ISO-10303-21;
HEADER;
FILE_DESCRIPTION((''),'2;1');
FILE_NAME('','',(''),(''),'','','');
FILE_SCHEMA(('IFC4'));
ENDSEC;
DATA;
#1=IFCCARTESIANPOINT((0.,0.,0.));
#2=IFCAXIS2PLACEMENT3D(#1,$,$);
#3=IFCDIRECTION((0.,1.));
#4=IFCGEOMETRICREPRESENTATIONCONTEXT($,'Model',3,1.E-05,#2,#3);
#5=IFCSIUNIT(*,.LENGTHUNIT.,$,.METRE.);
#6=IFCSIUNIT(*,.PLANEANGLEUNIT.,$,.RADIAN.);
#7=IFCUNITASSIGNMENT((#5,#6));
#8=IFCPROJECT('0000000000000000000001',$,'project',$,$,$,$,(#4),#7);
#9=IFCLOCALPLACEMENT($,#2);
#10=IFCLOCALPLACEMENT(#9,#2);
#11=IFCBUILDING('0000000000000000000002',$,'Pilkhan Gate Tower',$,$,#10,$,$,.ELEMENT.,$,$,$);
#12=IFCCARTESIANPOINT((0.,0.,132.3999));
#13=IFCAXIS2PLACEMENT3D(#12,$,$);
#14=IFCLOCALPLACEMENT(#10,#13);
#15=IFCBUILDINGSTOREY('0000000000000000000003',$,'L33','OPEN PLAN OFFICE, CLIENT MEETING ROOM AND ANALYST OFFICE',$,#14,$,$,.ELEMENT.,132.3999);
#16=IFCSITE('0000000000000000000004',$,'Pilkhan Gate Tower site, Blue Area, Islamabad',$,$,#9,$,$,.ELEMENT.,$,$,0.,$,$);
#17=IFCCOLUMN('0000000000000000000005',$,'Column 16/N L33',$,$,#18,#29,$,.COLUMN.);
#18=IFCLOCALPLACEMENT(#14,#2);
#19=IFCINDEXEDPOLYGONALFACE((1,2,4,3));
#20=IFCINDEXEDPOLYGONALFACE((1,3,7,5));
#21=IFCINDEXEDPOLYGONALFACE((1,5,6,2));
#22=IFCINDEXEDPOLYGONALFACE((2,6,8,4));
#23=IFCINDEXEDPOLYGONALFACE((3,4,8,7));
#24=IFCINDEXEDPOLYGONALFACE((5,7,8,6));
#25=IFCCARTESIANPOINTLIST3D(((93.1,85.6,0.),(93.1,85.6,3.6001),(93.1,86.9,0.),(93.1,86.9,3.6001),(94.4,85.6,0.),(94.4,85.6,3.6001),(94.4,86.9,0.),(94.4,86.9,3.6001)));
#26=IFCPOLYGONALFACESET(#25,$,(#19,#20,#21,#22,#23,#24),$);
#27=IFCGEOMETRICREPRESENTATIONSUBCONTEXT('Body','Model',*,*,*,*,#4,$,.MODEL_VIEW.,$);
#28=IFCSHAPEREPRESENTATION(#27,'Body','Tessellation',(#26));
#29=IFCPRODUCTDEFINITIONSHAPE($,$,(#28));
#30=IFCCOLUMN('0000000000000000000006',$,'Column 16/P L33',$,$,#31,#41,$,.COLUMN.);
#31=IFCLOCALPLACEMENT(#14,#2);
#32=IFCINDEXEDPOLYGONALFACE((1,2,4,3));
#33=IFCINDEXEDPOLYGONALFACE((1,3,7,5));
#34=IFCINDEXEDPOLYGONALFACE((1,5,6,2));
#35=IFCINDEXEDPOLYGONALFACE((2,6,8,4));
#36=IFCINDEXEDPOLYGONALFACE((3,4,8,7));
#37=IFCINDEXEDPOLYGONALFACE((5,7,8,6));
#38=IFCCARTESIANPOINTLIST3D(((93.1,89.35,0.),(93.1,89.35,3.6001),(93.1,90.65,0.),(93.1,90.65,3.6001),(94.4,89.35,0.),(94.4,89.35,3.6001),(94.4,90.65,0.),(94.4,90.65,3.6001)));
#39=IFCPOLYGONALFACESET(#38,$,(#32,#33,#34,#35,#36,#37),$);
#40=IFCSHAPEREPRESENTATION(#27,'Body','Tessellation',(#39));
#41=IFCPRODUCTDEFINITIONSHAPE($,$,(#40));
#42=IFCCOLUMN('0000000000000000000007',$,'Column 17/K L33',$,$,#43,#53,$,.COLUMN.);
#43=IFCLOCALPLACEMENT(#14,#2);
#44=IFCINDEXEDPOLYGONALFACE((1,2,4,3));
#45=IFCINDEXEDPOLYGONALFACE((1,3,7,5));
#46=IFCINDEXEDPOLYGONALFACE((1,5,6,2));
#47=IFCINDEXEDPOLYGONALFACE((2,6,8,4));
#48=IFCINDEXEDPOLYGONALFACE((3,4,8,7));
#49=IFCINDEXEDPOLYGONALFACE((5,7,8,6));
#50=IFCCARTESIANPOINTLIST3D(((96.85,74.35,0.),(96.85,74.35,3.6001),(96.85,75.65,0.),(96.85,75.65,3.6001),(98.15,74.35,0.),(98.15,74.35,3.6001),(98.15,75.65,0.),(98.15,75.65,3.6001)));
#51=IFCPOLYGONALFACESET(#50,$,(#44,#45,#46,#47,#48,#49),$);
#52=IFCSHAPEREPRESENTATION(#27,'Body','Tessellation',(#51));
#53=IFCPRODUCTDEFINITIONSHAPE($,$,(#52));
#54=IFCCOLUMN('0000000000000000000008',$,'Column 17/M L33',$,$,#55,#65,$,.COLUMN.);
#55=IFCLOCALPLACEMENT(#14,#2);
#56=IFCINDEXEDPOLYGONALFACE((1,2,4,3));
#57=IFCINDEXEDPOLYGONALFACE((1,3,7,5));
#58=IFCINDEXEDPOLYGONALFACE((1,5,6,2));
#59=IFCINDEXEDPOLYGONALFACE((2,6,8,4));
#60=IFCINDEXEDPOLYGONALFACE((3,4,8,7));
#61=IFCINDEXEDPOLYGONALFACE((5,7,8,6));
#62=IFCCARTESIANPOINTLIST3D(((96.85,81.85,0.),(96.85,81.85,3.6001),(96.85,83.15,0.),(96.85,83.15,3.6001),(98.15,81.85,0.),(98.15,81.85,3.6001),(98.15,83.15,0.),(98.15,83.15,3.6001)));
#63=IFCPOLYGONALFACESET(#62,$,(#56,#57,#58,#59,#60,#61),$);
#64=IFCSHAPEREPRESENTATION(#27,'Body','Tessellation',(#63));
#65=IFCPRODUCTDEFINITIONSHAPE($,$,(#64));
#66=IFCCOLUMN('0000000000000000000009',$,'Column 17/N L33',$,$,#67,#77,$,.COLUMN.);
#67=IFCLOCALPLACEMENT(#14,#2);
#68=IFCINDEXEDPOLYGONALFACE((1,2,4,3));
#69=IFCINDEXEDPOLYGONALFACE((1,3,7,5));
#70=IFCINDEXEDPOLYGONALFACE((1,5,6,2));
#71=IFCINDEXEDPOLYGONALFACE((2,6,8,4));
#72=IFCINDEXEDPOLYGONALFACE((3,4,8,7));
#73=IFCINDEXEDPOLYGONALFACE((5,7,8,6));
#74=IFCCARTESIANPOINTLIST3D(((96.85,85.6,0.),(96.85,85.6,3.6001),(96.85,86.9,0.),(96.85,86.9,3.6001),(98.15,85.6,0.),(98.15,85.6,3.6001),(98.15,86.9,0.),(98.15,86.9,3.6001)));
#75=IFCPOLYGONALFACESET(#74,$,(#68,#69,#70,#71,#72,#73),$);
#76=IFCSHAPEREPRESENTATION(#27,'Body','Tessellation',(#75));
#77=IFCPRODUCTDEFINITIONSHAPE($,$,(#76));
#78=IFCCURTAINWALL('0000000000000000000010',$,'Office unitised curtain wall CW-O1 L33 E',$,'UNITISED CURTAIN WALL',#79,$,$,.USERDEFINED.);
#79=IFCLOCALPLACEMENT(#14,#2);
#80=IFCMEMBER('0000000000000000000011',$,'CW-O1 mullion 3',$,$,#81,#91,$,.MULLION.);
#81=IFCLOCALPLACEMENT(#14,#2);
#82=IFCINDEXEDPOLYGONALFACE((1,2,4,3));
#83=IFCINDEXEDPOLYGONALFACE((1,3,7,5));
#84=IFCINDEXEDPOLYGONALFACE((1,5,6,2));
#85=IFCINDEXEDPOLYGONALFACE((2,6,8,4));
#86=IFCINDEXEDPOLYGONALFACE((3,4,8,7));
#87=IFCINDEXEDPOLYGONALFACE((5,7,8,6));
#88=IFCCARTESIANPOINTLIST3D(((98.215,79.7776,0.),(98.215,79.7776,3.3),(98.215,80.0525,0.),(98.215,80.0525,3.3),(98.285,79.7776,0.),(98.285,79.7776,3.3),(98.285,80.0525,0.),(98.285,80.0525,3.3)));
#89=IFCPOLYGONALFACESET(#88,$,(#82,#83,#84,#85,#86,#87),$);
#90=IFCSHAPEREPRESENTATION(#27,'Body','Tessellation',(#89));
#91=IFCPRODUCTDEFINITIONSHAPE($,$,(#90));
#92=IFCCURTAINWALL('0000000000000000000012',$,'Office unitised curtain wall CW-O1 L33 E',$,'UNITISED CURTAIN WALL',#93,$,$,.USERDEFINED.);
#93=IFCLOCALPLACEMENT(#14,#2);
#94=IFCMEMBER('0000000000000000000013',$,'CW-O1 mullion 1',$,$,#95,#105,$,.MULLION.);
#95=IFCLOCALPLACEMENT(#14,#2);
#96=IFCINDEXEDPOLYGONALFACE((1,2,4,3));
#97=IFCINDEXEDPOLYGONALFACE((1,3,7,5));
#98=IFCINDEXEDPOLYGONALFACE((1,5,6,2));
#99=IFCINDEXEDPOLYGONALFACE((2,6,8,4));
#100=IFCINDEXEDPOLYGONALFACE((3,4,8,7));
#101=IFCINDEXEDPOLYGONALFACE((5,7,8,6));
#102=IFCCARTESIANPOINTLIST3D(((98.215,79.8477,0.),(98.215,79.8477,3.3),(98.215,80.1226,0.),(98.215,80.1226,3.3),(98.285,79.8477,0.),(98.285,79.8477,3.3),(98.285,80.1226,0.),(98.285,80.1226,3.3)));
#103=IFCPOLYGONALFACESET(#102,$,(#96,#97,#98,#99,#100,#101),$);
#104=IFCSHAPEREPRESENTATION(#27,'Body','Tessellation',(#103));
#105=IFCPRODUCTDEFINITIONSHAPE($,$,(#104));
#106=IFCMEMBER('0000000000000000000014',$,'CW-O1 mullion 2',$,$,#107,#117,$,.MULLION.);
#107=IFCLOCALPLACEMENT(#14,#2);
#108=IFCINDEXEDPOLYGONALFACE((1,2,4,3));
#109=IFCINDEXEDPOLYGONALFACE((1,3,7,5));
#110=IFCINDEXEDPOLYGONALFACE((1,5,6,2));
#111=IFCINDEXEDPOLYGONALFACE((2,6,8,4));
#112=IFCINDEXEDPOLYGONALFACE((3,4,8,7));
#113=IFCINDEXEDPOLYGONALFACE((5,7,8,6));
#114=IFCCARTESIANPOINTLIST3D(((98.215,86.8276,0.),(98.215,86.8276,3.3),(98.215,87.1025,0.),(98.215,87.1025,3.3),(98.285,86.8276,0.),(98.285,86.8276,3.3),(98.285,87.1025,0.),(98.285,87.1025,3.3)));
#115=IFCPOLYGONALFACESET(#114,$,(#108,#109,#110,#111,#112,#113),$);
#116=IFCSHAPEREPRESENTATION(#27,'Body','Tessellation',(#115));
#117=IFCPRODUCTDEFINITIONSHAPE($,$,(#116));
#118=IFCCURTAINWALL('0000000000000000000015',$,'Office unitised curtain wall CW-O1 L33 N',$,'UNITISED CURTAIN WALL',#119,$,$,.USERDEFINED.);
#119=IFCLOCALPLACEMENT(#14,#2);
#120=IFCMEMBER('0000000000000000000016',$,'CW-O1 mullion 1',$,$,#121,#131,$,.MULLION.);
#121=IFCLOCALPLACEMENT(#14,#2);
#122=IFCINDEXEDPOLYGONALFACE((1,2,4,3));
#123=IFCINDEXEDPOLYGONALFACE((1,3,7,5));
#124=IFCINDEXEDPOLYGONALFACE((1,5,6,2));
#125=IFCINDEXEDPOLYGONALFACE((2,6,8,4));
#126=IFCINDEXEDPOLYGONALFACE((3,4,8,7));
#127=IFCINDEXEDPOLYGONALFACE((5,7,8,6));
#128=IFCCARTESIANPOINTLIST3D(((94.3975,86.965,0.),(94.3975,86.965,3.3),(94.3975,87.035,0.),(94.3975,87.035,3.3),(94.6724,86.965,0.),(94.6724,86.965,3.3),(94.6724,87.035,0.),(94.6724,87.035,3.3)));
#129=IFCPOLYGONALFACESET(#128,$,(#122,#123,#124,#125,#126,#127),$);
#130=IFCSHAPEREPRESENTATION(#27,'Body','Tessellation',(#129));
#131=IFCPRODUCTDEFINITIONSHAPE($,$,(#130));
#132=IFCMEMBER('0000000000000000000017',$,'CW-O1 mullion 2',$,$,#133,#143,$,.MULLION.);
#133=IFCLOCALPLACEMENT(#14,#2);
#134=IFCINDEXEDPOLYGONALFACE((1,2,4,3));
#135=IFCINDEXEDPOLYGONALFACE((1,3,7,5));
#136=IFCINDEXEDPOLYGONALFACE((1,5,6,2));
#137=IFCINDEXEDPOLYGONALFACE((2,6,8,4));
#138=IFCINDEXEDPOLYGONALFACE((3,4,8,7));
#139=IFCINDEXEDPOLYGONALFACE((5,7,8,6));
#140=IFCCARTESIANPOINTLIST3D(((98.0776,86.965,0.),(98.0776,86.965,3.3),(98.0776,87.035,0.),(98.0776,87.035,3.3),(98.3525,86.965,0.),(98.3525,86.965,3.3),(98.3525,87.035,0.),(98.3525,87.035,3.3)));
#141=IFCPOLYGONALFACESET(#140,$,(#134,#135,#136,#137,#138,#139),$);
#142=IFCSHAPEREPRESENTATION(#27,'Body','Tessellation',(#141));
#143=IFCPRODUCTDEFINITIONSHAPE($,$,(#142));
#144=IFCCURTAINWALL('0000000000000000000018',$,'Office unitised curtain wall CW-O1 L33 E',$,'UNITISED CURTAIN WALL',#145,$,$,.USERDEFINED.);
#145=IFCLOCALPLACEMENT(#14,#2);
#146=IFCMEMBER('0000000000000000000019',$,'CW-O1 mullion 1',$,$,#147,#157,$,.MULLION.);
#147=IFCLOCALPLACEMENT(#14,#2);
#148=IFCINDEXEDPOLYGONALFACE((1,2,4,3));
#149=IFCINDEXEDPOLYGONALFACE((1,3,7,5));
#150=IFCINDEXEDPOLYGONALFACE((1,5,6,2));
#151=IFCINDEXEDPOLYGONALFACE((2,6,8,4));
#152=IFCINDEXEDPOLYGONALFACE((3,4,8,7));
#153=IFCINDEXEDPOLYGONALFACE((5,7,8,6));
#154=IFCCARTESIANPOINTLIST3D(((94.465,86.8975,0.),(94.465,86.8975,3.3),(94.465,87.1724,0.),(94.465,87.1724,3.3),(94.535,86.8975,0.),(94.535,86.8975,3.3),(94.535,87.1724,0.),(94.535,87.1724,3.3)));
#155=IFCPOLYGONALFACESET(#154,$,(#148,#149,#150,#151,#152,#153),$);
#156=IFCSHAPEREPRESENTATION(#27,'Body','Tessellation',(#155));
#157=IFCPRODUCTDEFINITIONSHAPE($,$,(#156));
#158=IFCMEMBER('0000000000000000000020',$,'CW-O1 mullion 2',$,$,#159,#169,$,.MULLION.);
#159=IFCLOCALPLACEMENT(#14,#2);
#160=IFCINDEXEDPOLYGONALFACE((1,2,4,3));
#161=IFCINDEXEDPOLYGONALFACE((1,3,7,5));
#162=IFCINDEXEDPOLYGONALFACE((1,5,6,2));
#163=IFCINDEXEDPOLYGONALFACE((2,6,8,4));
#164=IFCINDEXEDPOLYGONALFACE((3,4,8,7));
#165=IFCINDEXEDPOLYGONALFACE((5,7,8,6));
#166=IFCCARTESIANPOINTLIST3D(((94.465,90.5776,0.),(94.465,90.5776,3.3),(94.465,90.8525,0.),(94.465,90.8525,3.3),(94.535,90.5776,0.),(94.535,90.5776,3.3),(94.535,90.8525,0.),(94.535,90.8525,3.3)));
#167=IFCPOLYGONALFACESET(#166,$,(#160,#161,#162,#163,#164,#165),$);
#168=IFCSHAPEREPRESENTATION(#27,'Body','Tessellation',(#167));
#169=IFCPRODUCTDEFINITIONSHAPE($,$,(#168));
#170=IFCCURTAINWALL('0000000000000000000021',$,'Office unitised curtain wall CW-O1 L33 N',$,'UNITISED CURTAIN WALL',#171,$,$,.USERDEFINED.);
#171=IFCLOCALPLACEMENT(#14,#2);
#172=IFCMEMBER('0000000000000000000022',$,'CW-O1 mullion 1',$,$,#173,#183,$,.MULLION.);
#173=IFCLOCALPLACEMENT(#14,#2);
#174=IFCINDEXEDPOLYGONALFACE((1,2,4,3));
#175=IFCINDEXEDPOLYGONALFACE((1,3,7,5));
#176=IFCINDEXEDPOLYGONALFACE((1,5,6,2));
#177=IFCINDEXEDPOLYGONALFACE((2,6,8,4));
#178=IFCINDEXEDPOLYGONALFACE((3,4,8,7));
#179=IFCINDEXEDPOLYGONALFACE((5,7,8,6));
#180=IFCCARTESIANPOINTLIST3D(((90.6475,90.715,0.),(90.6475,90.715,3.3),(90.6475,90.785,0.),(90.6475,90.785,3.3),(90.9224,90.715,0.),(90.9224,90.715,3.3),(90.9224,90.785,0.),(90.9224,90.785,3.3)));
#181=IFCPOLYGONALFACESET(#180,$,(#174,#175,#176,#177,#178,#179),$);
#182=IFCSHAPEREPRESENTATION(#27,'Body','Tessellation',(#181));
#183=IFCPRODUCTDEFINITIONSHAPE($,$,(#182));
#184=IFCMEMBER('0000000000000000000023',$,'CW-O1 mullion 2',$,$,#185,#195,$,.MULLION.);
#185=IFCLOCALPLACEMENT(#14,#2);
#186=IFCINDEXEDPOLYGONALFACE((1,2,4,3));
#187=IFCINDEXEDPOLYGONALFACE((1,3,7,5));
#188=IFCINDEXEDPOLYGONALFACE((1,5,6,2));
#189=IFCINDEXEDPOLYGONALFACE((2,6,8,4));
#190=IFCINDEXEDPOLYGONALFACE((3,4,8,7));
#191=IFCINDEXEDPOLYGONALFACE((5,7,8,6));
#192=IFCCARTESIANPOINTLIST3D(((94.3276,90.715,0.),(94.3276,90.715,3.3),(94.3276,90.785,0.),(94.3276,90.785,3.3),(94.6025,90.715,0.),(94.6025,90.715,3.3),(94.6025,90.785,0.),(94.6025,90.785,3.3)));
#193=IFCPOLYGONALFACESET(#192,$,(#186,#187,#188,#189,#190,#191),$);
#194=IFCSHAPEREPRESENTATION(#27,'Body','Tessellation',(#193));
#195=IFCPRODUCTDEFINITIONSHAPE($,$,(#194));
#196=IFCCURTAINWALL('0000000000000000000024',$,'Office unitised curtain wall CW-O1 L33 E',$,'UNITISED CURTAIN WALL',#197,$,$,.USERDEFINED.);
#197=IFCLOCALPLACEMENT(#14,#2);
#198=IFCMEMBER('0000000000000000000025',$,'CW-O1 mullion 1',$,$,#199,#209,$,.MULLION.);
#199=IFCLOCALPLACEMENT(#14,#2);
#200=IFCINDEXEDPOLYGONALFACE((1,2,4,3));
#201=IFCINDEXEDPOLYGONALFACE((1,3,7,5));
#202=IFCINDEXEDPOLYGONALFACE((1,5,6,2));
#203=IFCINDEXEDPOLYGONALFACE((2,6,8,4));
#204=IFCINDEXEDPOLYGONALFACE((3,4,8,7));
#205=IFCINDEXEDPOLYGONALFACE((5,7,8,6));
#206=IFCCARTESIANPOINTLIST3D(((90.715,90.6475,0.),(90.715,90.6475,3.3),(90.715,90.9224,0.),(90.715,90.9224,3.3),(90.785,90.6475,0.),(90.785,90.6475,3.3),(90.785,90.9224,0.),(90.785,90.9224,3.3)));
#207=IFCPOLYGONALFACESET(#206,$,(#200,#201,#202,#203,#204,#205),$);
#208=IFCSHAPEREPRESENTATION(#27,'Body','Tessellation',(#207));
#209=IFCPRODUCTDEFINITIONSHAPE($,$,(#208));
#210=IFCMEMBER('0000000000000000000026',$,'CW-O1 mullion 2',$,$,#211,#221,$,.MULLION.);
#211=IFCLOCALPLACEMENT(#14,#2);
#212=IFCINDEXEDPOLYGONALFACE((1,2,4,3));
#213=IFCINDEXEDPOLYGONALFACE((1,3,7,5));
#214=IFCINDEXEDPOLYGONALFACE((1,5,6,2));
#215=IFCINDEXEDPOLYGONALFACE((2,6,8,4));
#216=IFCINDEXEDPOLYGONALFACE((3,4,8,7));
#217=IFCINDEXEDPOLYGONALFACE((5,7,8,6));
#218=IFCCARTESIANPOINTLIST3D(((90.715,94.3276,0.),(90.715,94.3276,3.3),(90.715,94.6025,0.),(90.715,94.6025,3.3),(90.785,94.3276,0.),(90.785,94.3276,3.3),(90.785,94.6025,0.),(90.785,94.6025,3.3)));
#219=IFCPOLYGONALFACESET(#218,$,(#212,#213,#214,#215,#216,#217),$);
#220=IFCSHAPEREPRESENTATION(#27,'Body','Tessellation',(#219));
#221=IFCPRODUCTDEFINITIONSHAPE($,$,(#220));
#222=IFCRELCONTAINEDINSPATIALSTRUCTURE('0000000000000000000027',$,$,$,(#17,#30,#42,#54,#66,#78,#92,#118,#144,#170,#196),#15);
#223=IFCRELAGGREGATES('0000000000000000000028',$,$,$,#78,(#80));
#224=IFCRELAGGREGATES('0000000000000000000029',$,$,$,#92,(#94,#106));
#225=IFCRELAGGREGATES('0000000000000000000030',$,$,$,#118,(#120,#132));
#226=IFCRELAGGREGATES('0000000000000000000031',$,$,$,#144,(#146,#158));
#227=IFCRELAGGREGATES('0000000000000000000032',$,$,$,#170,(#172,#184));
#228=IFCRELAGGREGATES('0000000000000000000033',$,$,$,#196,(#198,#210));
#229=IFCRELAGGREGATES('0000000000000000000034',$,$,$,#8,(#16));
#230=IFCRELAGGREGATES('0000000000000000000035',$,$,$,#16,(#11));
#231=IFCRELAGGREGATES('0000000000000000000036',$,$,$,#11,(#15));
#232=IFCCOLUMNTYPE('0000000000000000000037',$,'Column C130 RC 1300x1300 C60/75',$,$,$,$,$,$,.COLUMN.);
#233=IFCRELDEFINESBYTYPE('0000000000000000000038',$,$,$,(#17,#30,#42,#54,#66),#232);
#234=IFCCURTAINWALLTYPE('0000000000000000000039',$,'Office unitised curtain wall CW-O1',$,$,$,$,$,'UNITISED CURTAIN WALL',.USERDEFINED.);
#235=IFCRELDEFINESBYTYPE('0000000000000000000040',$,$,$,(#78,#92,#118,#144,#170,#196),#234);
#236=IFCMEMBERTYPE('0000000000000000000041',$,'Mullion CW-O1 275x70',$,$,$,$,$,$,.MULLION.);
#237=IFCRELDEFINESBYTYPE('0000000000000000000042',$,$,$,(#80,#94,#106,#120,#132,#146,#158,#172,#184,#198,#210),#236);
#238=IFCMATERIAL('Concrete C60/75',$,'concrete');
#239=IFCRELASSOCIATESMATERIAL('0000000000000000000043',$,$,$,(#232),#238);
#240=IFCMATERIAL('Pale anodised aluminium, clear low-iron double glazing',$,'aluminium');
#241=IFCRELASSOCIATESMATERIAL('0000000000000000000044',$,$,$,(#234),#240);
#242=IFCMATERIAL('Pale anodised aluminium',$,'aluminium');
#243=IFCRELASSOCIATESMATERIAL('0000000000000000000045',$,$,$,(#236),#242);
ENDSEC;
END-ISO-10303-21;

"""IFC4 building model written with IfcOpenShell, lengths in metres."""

from ifc_helpers import new_model, si_unit, direction, frame, origin, origin_2d, place, context, subcontext, project, spatial, rectangle, extrude, material, material_profile, profile_set, type_object, element, aggregate, save


model = new_model("IFC4")

# Units and contexts
model_context = context("Model", 3, precision=1e-05, world=origin(), true_north=direction((0.0, 1.0)))
body_context = subcontext(model_context, "Body", "Model", "MODEL_VIEW")
ifc_project = project(units=[si_unit("LENGTHUNIT", "METRE"), si_unit("PLANEANGLEUNIT", "RADIAN")], contexts=[model_context])

# Site, building, storey
site_placement = place(None, origin())
site = spatial("IfcSite", under=ifc_project, at=site_placement, Name="Pilkhan Gate Tower site, Blue Area, Islamabad", CompositionType="ELEMENT", RefElevation=0.0)
building_placement = place(site_placement, origin())
building = spatial("IfcBuilding", under=site, at=building_placement, Name="Pilkhan Gate Tower", CompositionType="ELEMENT")
storey_placement = place(building_placement, frame((0.0, 0.0, 132.3999)))
storey = spatial("IfcBuildingStorey", under=building, at=storey_placement, Name="L33", Description="OPEN PLAN OFFICE, CLIENT MEETING ROOM AND ANALYST OFFICE", CompositionType="ELEMENT", Elevation=132.3999)

# Columns
ifc_material_1 = material(Name="Concrete C60/75", Category="concrete")
ifc_material_profile_1 = material_profile(ifc_material_1, rectangle(XDim=1.3, YDim=1.3, at=origin_2d()), Name="RC 1300x1300")
ifc_profile_set_1 = profile_set([ifc_material_profile_1], Name="Concrete C60/75")
column_type = type_object("IfcColumnType", Name="Column C130 RC 1300x1300 C60/75", PredefinedType="COLUMN", material=ifc_profile_set_1)
for number, where, z_axis, x_axis, name in (
    (1, (93.75, 86.25, 0.0), (0.0, 0.0, 1.0), (1.0, 0.0, 0.0), "Column 16/N L33"),
    (2, (93.75, 90.0, 0.0), (0.0, 0.0, 1.0), (1.0, 0.0, 0.0), "Column 16/P L33"),
    (3, (97.5, 75.0, 0.0), (0.0, 0.0, 1.0), (1.0, 0.0, 0.0), "Column 17/K L33"),
    (4, (97.5, 82.5, 0.0), (0.0, 0.0, 1.0), (1.0, 0.0, 0.0), "Column 17/M L33"),
    (5, (97.5, 86.25, 0.0), (0.0, 0.0, 1.0), (1.0, 0.0, 0.0), "Column 17/N L33"),
):
    element("IfcColumn", number, at=place(storey_placement, frame(where, z_axis=z_axis, x_axis=x_axis)), inside=storey, type_object=column_type, Name=name, PredefinedType="COLUMN", context=body_context, shape_type="SweptSolid", body=[
        extrude(rectangle(XDim=1.3, YDim=1.3, at=origin_2d()), origin(), (0.0, 0.0, 1.0), 3.6001),
    ])

# Curtain wall, member
ifc_material_2 = material(Name="Pale anodised aluminium, clear low-iron double glazing", Category="aluminium")
curtain_wall_type = type_object("IfcCurtainWallType", Name="Office unitised curtain wall CW-O1", ElementType="UNITISED CURTAIN WALL", PredefinedType="USERDEFINED", material=ifc_material_2)
curtain_wall_1_placement = place(storey_placement, origin())
curtain_wall_1 = element("IfcCurtainWall", 6, at=curtain_wall_1_placement, inside=storey, type_object=curtain_wall_type, Name="Office unitised curtain wall CW-O1 L33 E", ObjectType="UNITISED CURTAIN WALL", PredefinedType="USERDEFINED")
ifc_material_3 = material(Name="Pale anodised aluminium", Category="aluminium")
ifc_material_profile_2 = material_profile(ifc_material_3, rectangle(XDim=0.0701, YDim=0.2749, at=origin_2d()), Name="Mullion 275x70")
ifc_profile_set_2 = profile_set([ifc_material_profile_2], Name="Pale anodised aluminium")
member_type_1 = type_object("IfcMemberType", Name="Mullion CW-O1 275x70", PredefinedType="MULLION", material=ifc_profile_set_2)
member_1_placement = place(storey_placement, frame((98.25, 79.915, 0.0), z_axis=(0.0, 0.0, 1.0), x_axis=(-1.0, 0.0, 0.0)))
member_1 = element("IfcMember", 7, at=member_1_placement, type_object=member_type_1, Name="CW-O1 mullion 3", PredefinedType="MULLION", context=body_context, shape_type="SweptSolid", body=[
    extrude(rectangle(XDim=0.0701, YDim=0.2749, at=origin_2d()), origin(), (0.0, 0.0, 1.0), 3.3),
])

# Curtain walls, members
curtain_wall_2_placement = place(storey_placement, origin())
curtain_wall_2 = element("IfcCurtainWall", 8, at=curtain_wall_2_placement, inside=storey, type_object=curtain_wall_type, Name="Office unitised curtain wall CW-O1 L33 E", ObjectType="UNITISED CURTAIN WALL", PredefinedType="USERDEFINED")
member_2_placement = place(storey_placement, frame((98.25, 79.9851, 0.0), z_axis=(0.0, 0.0, 1.0), x_axis=(-1.0, 0.0, 0.0)))
member_2 = element("IfcMember", 9, at=member_2_placement, type_object=member_type_1, Name="CW-O1 mullion 1", PredefinedType="MULLION", context=body_context, shape_type="SweptSolid", body=[
    extrude(rectangle(XDim=0.0701, YDim=0.2749, at=origin_2d()), origin(), (0.0, 0.0, 1.0), 3.3),
])
member_3_placement = place(storey_placement, frame((98.25, 86.9651, 0.0), z_axis=(0.0, 0.0, 1.0), x_axis=(-1.0, 0.0, 0.0)))
member_3 = element("IfcMember", 10, at=member_3_placement, type_object=member_type_1, Name="CW-O1 mullion 2", PredefinedType="MULLION", context=body_context, shape_type="SweptSolid", body=[
    extrude(rectangle(XDim=0.0701, YDim=0.2749, at=origin_2d()), origin(), (0.0, 0.0, 1.0), 3.3),
])
curtain_wall_3_placement = place(storey_placement, origin())
curtain_wall_3 = element("IfcCurtainWall", 11, at=curtain_wall_3_placement, inside=storey, type_object=curtain_wall_type, Name="Office unitised curtain wall CW-O1 L33 N", ObjectType="UNITISED CURTAIN WALL", PredefinedType="USERDEFINED")
member_4_placement = place(storey_placement, frame((94.5349, 87.0, 0.0), z_axis=(0.0, 0.0, 1.0), x_axis=(0.0, 1.0, 0.0)))
member_4 = element("IfcMember", 12, at=member_4_placement, type_object=member_type_1, Name="CW-O1 mullion 1", PredefinedType="MULLION", context=body_context, shape_type="SweptSolid", body=[
    extrude(rectangle(XDim=0.0701, YDim=0.2749, at=origin_2d()), origin(), (0.0, 0.0, 1.0), 3.3),
])
member_5_placement = place(storey_placement, frame((98.2151, 87.0, 0.0), z_axis=(0.0, 0.0, 1.0), x_axis=(0.0, 1.0, 0.0)))
member_5 = element("IfcMember", 13, at=member_5_placement, type_object=member_type_1, Name="CW-O1 mullion 2", PredefinedType="MULLION", context=body_context, shape_type="SweptSolid", body=[
    extrude(rectangle(XDim=0.0701, YDim=0.2749, at=origin_2d()), origin(), (0.0, 0.0, 1.0), 3.3),
])
curtain_wall_4_placement = place(storey_placement, origin())
curtain_wall_4 = element("IfcCurtainWall", 14, at=curtain_wall_4_placement, inside=storey, type_object=curtain_wall_type, Name="Office unitised curtain wall CW-O1 L33 E", ObjectType="UNITISED CURTAIN WALL", PredefinedType="USERDEFINED")
member_6_placement = place(storey_placement, frame((94.5, 87.0349, 0.0), z_axis=(0.0, 0.0, 1.0), x_axis=(-1.0, 0.0, 0.0)))
member_6 = element("IfcMember", 15, at=member_6_placement, type_object=member_type_1, Name="CW-O1 mullion 1", PredefinedType="MULLION", context=body_context, shape_type="SweptSolid", body=[
    extrude(rectangle(XDim=0.0701, YDim=0.2749, at=origin_2d()), origin(), (0.0, 0.0, 1.0), 3.3),
])
member_7_placement = place(storey_placement, frame((94.5, 90.7151, 0.0), z_axis=(0.0, 0.0, 1.0), x_axis=(-1.0, 0.0, 0.0)))
member_7 = element("IfcMember", 16, at=member_7_placement, type_object=member_type_1, Name="CW-O1 mullion 2", PredefinedType="MULLION", context=body_context, shape_type="SweptSolid", body=[
    extrude(rectangle(XDim=0.0701, YDim=0.2749, at=origin_2d()), origin(), (0.0, 0.0, 1.0), 3.3),
])
curtain_wall_5_placement = place(storey_placement, origin())
curtain_wall_5 = element("IfcCurtainWall", 17, at=curtain_wall_5_placement, inside=storey, type_object=curtain_wall_type, Name="Office unitised curtain wall CW-O1 L33 N", ObjectType="UNITISED CURTAIN WALL", PredefinedType="USERDEFINED")
member_8_placement = place(storey_placement, frame((90.7849, 90.75, 0.0), z_axis=(0.0, 0.0, 1.0), x_axis=(0.0, 1.0, 0.0)))
member_8 = element("IfcMember", 18, at=member_8_placement, type_object=member_type_1, Name="CW-O1 mullion 1", PredefinedType="MULLION", context=body_context, shape_type="SweptSolid", body=[
    extrude(rectangle(XDim=0.0701, YDim=0.2749, at=origin_2d()), origin(), (0.0, 0.0, 1.0), 3.3),
])
member_9_placement = place(storey_placement, frame((94.4651, 90.75, 0.0), z_axis=(0.0, 0.0, 1.0), x_axis=(0.0, 1.0, 0.0)))
member_9 = element("IfcMember", 19, at=member_9_placement, type_object=member_type_1, Name="CW-O1 mullion 2", PredefinedType="MULLION", context=body_context, shape_type="SweptSolid", body=[
    extrude(rectangle(XDim=0.0701, YDim=0.2749, at=origin_2d()), origin(), (0.0, 0.0, 1.0), 3.3),
])
curtain_wall_6_placement = place(storey_placement, origin())
curtain_wall_6 = element("IfcCurtainWall", 20, at=curtain_wall_6_placement, inside=storey, type_object=curtain_wall_type, Name="Office unitised curtain wall CW-O1 L33 E", ObjectType="UNITISED CURTAIN WALL", PredefinedType="USERDEFINED")
member_10_placement = place(storey_placement, frame((90.75, 90.7849, 0.0), z_axis=(0.0, 0.0, 1.0), x_axis=(-1.0, 0.0, 0.0)))
member_10 = element("IfcMember", 21, at=member_10_placement, type_object=member_type_1, Name="CW-O1 mullion 1", PredefinedType="MULLION", context=body_context, shape_type="SweptSolid", body=[
    extrude(rectangle(XDim=0.0701, YDim=0.2749, at=origin_2d()), origin(), (0.0, 0.0, 1.0), 3.3),
])
member_11_placement = place(storey_placement, frame((90.75, 94.4651, 0.0), z_axis=(0.0, 0.0, 1.0), x_axis=(-1.0, 0.0, 0.0)))
member_11 = element("IfcMember", 22, at=member_11_placement, type_object=member_type_1, Name="CW-O1 mullion 2", PredefinedType="MULLION", context=body_context, shape_type="SweptSolid", body=[
    extrude(rectangle(XDim=0.0701, YDim=0.2749, at=origin_2d()), origin(), (0.0, 0.0, 1.0), 3.3),
])

aggregate(curtain_wall_1, [member_1])
aggregate(curtain_wall_2, [member_2, member_3])
aggregate(curtain_wall_3, [member_4, member_5])
aggregate(curtain_wall_4, [member_6, member_7])
aggregate(curtain_wall_5, [member_8, member_9])
aggregate(curtain_wall_6, [member_10, member_11])

save(model, "model.ifc")
